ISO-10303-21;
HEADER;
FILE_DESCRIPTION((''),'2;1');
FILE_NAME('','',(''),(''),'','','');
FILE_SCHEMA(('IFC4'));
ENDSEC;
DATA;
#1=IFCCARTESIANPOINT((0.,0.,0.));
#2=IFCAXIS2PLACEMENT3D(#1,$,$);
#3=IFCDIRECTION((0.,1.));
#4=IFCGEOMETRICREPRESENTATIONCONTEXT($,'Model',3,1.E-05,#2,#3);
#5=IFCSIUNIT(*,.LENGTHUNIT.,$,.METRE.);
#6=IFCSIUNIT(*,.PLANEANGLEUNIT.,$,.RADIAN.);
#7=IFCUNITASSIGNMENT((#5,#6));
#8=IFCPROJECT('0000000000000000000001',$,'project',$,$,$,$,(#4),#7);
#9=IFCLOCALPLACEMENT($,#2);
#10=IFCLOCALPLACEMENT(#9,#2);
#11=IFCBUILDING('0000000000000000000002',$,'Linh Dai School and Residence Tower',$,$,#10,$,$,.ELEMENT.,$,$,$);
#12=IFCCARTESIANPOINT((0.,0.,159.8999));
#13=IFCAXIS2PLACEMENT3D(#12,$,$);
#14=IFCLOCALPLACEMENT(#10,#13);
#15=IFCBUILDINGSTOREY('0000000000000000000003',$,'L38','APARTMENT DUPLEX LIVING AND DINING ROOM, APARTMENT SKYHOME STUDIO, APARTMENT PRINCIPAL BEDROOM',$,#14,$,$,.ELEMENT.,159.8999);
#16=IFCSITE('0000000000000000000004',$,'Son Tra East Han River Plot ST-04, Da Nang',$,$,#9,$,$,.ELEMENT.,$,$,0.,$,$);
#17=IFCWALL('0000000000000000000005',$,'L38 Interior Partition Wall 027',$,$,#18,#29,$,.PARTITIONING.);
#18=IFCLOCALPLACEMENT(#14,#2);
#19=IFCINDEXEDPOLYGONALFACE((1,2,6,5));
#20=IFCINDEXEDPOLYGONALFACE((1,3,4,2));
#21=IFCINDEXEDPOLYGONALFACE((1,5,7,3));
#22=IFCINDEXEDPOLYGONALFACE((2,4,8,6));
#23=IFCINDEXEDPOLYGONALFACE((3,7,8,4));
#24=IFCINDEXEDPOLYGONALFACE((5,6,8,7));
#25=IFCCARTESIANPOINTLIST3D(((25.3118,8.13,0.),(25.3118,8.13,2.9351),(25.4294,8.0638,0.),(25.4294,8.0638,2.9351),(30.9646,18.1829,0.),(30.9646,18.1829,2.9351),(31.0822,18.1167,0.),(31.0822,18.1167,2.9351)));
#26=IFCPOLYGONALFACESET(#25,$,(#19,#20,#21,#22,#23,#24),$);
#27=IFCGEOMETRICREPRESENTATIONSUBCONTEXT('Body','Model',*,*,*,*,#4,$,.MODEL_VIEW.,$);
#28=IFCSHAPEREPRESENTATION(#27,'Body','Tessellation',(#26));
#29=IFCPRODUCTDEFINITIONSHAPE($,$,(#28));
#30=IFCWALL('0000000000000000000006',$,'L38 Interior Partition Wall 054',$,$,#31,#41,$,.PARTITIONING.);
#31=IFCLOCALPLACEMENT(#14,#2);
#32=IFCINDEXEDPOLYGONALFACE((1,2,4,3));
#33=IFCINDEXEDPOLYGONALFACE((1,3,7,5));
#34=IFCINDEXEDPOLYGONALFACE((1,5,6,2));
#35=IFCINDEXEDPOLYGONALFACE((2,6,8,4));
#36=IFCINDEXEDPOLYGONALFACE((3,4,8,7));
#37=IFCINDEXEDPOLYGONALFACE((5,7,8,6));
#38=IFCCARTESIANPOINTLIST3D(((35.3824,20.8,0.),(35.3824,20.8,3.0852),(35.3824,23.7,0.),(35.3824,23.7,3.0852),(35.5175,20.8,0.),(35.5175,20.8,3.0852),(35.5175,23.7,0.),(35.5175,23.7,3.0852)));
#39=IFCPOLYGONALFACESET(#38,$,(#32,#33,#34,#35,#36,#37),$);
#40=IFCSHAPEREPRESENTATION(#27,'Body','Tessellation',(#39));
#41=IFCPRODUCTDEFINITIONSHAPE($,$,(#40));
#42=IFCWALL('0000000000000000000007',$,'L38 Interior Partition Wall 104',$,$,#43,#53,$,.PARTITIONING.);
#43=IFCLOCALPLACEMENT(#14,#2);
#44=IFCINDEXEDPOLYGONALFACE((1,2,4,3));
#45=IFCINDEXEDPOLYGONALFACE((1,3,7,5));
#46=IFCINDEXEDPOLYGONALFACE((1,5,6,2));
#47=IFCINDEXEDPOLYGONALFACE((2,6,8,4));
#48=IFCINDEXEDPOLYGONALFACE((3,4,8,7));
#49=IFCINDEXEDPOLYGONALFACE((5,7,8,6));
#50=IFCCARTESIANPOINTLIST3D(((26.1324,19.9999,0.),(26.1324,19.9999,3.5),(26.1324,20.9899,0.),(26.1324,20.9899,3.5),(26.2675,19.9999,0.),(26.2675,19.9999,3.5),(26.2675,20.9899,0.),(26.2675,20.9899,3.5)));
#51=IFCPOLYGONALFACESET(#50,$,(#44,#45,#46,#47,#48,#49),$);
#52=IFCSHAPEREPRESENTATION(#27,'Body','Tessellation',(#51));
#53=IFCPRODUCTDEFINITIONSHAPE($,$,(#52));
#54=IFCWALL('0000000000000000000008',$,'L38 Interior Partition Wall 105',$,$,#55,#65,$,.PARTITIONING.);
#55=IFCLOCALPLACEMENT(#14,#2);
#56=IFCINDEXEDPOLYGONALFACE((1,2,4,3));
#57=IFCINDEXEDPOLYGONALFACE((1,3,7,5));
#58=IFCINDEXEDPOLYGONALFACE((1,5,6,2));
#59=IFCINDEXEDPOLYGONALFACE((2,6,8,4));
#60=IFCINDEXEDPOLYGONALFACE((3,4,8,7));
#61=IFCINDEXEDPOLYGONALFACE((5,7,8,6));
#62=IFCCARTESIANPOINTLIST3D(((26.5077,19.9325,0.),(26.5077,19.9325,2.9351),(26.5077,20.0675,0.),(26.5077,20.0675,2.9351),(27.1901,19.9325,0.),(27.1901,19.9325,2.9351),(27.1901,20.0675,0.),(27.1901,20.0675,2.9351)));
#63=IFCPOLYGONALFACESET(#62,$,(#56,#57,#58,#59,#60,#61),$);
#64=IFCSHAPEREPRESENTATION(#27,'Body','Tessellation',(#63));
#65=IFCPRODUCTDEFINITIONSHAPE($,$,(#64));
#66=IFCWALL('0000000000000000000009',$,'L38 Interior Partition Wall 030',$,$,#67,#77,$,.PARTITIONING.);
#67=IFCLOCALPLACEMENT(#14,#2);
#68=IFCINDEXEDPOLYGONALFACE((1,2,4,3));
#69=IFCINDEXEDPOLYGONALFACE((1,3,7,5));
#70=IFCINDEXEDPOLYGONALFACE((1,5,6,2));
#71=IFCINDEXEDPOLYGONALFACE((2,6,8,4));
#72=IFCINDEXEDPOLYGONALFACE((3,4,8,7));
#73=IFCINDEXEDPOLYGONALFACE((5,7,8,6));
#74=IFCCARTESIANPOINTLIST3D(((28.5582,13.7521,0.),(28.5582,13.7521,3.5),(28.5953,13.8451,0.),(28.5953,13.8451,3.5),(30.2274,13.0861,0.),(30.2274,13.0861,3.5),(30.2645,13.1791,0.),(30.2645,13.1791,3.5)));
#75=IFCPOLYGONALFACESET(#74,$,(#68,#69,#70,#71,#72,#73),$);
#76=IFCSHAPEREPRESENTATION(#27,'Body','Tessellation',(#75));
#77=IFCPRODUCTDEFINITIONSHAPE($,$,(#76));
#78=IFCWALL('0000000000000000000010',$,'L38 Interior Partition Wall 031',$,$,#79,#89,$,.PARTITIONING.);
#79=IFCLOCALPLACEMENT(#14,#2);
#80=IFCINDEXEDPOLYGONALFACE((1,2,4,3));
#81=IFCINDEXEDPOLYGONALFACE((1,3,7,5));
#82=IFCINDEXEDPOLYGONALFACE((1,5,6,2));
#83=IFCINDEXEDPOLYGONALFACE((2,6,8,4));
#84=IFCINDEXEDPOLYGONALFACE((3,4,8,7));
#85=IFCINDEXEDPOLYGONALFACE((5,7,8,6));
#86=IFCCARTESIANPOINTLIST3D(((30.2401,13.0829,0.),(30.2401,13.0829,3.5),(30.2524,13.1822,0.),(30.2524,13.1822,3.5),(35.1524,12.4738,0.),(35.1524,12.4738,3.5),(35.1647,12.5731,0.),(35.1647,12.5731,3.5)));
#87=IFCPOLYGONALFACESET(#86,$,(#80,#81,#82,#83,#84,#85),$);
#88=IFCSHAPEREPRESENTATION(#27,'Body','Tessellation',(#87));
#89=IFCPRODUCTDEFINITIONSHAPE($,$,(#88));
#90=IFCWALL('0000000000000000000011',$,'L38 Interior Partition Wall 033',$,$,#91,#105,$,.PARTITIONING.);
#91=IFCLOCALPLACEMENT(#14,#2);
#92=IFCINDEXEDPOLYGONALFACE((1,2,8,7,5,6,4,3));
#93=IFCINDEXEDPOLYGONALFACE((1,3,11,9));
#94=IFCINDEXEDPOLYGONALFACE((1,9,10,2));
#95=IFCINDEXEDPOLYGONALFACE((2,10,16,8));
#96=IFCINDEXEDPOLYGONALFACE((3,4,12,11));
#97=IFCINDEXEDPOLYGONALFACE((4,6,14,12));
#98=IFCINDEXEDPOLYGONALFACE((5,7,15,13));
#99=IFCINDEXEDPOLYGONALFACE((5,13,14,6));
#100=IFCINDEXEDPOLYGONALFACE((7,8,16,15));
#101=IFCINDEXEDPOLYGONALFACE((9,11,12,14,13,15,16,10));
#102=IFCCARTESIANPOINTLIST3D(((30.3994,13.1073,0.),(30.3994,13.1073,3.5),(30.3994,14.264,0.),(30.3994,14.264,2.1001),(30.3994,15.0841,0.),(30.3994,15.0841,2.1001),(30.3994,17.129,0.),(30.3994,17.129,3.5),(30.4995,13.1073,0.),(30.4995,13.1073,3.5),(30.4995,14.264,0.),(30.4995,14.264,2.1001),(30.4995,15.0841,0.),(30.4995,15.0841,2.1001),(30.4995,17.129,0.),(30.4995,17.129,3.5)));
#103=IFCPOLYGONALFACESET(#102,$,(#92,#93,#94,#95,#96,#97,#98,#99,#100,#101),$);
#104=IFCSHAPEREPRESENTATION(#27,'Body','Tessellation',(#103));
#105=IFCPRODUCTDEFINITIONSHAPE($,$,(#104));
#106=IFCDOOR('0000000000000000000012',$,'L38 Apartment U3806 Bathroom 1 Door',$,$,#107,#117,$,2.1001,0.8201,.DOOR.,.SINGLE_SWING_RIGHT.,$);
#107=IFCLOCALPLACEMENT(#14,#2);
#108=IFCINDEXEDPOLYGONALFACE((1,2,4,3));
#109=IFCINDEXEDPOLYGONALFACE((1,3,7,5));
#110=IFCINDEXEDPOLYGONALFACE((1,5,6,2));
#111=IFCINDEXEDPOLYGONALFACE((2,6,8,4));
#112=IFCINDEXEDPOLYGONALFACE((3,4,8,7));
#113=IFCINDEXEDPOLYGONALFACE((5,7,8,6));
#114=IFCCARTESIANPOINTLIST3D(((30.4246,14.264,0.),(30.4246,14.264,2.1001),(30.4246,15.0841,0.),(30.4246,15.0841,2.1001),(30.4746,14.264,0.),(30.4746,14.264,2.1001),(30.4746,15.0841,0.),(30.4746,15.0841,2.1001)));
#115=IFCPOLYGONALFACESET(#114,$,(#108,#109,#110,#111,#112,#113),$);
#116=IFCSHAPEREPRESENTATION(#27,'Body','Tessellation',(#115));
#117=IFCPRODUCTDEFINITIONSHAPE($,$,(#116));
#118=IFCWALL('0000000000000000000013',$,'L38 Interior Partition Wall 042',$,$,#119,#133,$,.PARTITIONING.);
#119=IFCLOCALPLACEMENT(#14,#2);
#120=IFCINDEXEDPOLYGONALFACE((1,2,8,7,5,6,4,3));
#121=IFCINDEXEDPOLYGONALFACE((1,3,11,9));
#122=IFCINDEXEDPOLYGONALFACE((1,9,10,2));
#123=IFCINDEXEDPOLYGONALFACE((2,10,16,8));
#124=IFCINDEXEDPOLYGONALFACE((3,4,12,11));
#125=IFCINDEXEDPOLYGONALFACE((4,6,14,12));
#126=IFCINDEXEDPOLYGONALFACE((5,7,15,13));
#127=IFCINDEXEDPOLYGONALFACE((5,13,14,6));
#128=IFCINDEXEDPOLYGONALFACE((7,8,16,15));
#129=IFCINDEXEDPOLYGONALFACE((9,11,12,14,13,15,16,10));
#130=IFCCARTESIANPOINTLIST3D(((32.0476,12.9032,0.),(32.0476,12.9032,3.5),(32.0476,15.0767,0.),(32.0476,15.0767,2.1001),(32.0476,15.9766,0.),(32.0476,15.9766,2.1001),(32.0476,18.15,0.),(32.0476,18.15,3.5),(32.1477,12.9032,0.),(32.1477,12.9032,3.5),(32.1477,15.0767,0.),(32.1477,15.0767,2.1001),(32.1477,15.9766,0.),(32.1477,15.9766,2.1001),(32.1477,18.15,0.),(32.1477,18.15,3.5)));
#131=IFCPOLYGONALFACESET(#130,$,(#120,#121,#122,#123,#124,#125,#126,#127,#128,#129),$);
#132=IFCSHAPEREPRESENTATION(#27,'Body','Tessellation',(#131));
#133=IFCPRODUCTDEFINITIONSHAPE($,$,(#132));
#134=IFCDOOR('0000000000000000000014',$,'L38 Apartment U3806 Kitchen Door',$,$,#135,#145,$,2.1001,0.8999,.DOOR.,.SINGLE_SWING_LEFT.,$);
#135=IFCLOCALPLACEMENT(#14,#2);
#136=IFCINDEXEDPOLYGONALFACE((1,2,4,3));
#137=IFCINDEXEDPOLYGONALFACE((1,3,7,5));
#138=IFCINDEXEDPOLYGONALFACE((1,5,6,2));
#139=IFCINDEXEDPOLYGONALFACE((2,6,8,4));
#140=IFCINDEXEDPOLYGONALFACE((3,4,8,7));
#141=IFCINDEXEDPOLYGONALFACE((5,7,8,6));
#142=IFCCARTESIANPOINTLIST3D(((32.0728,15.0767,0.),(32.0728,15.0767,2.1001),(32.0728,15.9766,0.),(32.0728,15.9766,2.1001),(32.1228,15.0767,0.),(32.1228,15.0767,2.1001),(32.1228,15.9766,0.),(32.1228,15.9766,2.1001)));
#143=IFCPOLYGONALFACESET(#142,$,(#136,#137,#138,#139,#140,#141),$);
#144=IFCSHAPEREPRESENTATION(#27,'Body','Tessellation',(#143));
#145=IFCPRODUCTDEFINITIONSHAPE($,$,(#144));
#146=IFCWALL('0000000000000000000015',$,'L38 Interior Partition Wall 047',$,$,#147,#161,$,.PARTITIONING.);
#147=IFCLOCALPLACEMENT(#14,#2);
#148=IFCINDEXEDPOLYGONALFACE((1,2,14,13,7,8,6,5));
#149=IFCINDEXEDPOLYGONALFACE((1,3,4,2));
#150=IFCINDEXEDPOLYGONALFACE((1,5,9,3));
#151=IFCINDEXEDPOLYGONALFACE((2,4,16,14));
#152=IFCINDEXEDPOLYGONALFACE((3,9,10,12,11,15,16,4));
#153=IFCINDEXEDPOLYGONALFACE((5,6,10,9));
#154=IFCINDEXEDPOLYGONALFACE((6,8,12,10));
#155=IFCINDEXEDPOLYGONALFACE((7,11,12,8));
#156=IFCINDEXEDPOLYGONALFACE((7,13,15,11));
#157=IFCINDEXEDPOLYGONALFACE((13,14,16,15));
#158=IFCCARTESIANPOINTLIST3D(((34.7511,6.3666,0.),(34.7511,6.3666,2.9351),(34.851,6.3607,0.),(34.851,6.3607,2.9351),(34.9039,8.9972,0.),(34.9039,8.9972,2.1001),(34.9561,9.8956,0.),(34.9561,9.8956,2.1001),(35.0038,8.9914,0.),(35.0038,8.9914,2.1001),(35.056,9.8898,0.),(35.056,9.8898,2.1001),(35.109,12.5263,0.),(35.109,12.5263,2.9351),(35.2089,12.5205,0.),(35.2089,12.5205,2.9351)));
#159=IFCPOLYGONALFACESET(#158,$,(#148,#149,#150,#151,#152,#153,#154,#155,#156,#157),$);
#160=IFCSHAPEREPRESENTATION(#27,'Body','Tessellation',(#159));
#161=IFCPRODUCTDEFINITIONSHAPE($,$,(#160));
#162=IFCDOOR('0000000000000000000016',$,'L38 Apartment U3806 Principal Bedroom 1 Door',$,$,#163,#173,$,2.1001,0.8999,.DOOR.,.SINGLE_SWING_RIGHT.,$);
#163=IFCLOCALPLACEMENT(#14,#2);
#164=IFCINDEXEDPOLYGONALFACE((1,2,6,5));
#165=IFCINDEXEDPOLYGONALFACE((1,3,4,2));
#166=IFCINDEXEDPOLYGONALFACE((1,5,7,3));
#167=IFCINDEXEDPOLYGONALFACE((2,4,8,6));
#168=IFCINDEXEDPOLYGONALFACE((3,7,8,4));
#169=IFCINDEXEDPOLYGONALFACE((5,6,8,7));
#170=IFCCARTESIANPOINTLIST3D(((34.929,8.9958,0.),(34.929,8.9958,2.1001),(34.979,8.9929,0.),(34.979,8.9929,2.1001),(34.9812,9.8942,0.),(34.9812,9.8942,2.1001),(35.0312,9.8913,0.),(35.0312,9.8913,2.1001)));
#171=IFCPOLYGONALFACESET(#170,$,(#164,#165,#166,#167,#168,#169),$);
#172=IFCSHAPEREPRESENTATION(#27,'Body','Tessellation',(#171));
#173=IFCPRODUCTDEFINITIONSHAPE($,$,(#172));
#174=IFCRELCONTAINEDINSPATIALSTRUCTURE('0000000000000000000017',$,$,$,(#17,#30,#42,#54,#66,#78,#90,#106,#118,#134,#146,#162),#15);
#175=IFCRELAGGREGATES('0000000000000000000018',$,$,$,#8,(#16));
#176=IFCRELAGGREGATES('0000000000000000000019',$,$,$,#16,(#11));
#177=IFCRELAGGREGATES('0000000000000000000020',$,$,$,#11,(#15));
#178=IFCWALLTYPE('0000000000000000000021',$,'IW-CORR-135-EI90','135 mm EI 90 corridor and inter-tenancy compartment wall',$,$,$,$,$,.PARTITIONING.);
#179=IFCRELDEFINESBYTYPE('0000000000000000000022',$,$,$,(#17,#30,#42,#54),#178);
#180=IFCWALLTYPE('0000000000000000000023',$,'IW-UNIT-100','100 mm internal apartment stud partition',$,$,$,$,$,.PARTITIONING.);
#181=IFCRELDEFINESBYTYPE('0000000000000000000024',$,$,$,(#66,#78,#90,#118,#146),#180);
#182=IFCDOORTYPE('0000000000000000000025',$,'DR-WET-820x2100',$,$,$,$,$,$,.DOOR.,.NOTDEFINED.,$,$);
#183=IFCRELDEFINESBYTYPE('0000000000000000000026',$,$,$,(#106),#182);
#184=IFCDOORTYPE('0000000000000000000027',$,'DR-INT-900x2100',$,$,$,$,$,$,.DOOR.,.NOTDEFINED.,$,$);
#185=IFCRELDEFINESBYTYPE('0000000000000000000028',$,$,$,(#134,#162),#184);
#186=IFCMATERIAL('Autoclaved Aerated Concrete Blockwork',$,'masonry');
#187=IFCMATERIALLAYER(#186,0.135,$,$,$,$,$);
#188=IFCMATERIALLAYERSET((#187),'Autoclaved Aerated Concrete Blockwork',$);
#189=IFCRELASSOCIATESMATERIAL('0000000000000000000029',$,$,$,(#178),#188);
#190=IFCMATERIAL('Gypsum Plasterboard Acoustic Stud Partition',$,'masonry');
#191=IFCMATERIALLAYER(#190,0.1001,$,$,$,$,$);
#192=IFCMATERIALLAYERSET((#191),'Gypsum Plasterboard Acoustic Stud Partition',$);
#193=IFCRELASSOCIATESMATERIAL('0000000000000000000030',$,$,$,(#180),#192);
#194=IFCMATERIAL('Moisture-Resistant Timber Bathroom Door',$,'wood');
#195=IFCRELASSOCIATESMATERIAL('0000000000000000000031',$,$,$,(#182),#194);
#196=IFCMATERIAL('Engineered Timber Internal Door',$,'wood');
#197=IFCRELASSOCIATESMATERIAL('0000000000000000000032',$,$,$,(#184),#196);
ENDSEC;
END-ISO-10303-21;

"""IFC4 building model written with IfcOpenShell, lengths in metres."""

from ifc_helpers import new_model, si_unit, direction, frame, frame_2d, origin, origin_2d, place, context, subcontext, project, spatial, rectangle, extrude, source, transform, mapped, material, layer, layer_set, type_object, element, fill, save


model = new_model("IFC4")

# Units and contexts
model_context = context("Model", 3, precision=1e-05, world=origin(), true_north=direction((0.0, 1.0)))
body_context = subcontext(model_context, "Body", "Model", "MODEL_VIEW")
ifc_project = project(units=[si_unit("LENGTHUNIT", "METRE"), si_unit("PLANEANGLEUNIT", "RADIAN")], contexts=[model_context])

# Site, building, storey
site_placement = place(None, origin())
site = spatial("IfcSite", under=ifc_project, at=site_placement, Name="Son Tra East Han River Plot ST-04, Da Nang", CompositionType="ELEMENT", RefElevation=0.0)
building_placement = place(site_placement, origin())
building = spatial("IfcBuilding", under=site, at=building_placement, Name="Linh Dai School and Residence Tower", CompositionType="ELEMENT")
storey_placement = place(building_placement, frame((0.0, 0.0, 159.8999)))
storey = spatial("IfcBuildingStorey", under=building, at=storey_placement, Name="L38", Description="APARTMENT DUPLEX LIVING AND DINING ROOM, APARTMENT SKYHOME STUDIO, APARTMENT PRINCIPAL BEDROOM", CompositionType="ELEMENT", Elevation=159.8999)

# Walls
ifc_material_1 = material(Name="Autoclaved Aerated Concrete Blockwork", Category="masonry")
ifc_layer_1 = layer(ifc_material_1, 0.135)
ifc_layer_set_1 = layer_set([ifc_layer_1], Name="Autoclaved Aerated Concrete Blockwork")
wall_type_1 = type_object("IfcWallType", Name="IW-CORR-135-EI90", Description="135 mm EI 90 corridor and inter-tenancy compartment wall", PredefinedType="PARTITIONING", material=ifc_layer_set_1)
wall_1_placement = place(storey_placement, frame((25.3706, 8.0969, 0.0), z_axis=(0.0, 0.0, 1.0), x_axis=(0.490132, 0.871648, 0.0)))
element("IfcWall", 1, at=wall_1_placement, inside=storey, type_object=wall_type_1, Name="L38 Interior Partition Wall 027", PredefinedType="PARTITIONING", context=body_context, shape_type="SweptSolid", body=[
    extrude(rectangle(XDim=11.5332, YDim=0.135, at=frame_2d((5.7666, 0.0))), origin(), (0.0, 0.0, 1.0), 2.9351),
])
wall_2_placement = place(storey_placement, frame((35.45, 20.8, 0.0), z_axis=(0.0, 0.0, 1.0), x_axis=(0.0, 1.0, 0.0)))
element("IfcWall", 2, at=wall_2_placement, inside=storey, type_object=wall_type_1, Name="L38 Interior Partition Wall 054", PredefinedType="PARTITIONING", context=body_context, shape_type="SweptSolid", body=[
    extrude(rectangle(XDim=2.8999, YDim=0.135, at=frame_2d((1.45, 0.0))), origin(), (0.0, 0.0, 1.0), 3.0852),
])
wall_3_placement = place(storey_placement, frame((26.2, 20.99, 0.0), z_axis=(0.0, 0.0, 1.0), x_axis=(0.0, -1.0, 0.0)))
element("IfcWall", 3, at=wall_3_placement, inside=storey, type_object=wall_type_1, Name="L38 Interior Partition Wall 104", PredefinedType="PARTITIONING", context=body_context, shape_type="SweptSolid", body=[
    extrude(rectangle(XDim=0.99, YDim=0.135, at=frame_2d((0.4951, 0.0))), origin(), (0.0, 0.0, 1.0), 3.5),
])
wall_4_placement = place(storey_placement, frame((26.5076, 20.0, 0.0), z_axis=(0.0, 0.0, 1.0), x_axis=(1.0, 0.0, 0.0)))
element("IfcWall", 4, at=wall_4_placement, inside=storey, type_object=wall_type_1, Name="L38 Interior Partition Wall 105", PredefinedType="PARTITIONING", context=body_context, shape_type="SweptSolid", body=[
    extrude(rectangle(XDim=0.6824, YDim=0.135, at=frame_2d((0.3413, 0.0))), origin(), (0.0, 0.0, 1.0), 2.9351),
])

# Walls
ifc_material_2 = material(Name="Gypsum Plasterboard Acoustic Stud Partition", Category="masonry")
ifc_layer_2 = layer(ifc_material_2, 0.1001)
ifc_layer_set_2 = layer_set([ifc_layer_2], Name="Gypsum Plasterboard Acoustic Stud Partition")
wall_type_2 = type_object("IfcWallType", Name="IW-UNIT-100", Description="100 mm internal apartment stud partition", PredefinedType="PARTITIONING", material=ifc_layer_set_2)
wall_5_placement = place(storey_placement, frame((28.5769, 13.7986, 0.0), z_axis=(0.0, 0.0, 1.0), x_axis=(0.928795, -0.370594, 0.0)))
element("IfcWall", 5, at=wall_5_placement, inside=storey, type_object=wall_type_2, Name="L38 Interior Partition Wall 030", PredefinedType="PARTITIONING", context=body_context, shape_type="SweptSolid", body=[
    extrude(rectangle(XDim=1.7971, YDim=0.1001, at=frame_2d((0.8984, 0.0))), origin(), (0.0, 0.0, 1.0), 3.5),
])
wall_6_placement = place(storey_placement, frame((30.2461, 13.1326, 0.0), z_axis=(0.0, 0.0, 1.0), x_axis=(0.9924, -0.123057, 0.0)))
element("IfcWall", 6, at=wall_6_placement, inside=storey, type_object=wall_type_2, Name="L38 Interior Partition Wall 031", PredefinedType="PARTITIONING", context=body_context, shape_type="SweptSolid", body=[
    extrude(rectangle(XDim=4.95, YDim=0.1001, at=frame_2d((2.4751, 0.0))), origin(), (0.0, 0.0, 1.0), 3.5),
])

# Walls, openings, doors
wall_7_placement = place(storey_placement, frame((30.4495, 13.1074, 0.0), z_axis=(0.0, 0.0, 1.0), x_axis=(0.0, 1.0, 0.0)))
wall_7 = element("IfcWall", 7, at=wall_7_placement, inside=storey, type_object=wall_type_2, Name="L38 Interior Partition Wall 033", PredefinedType="PARTITIONING", context=body_context, shape_type="SweptSolid", body=[
    extrude(rectangle(XDim=4.0217, YDim=0.1001, at=frame_2d((2.0107, 0.0))), origin(), (0.0, 0.0, 1.0), 3.5),
])
opening_1_placement = place(wall_7_placement, frame((1.1565, 0.0, 0.0)))
opening_1 = element("IfcOpeningElement", 8, at=opening_1_placement, cuts=wall_7, PredefinedType="OPENING", context=body_context, shape_type="SweptSolid", body=[
    extrude(rectangle(XDim=0.8201, YDim=2.1001, at=origin_2d()), frame((0.4102, 0.0601, 1.05), z_axis=(0.0, -1.0, 0.0), x_axis=(1.0, 0.0, 0.0)), (0.0, 0.0, 1.0), 0.1201),
])
ifc_material_3 = material(Name="Moisture-Resistant Timber Bathroom Door", Category="wood")
door_type_1 = type_object("IfcDoorType", Name="DR-WET-820x2100", OperationType="NOTDEFINED", PredefinedType="DOOR", material=ifc_material_3)
shared_shape_1 = source(origin(), body_context, "Body", "SweptSolid", [
    extrude(rectangle(XDim=0.8201, YDim=2.1001, at=origin_2d()), frame((0.4102, 0.0249, 1.05), z_axis=(0.0, -1.0, 0.0), x_axis=(1.0, 0.0, 0.0)), (0.0, 0.0, 1.0), 0.05),
])
door_1_placement = place(opening_1_placement, origin())
door_1 = element("IfcDoor", 9, at=door_1_placement, inside=storey, type_object=door_type_1, Name="L38 Apartment U3806 Bathroom 1 Door", OperationType="SINGLE_SWING_RIGHT", OverallHeight=2.1001, OverallWidth=0.8201, PredefinedType="DOOR", context=body_context, shape_type="MappedRepresentation", body=[
    mapped(shared_shape_1, transform((0.0, 0.0, 0.0), x_axis=(1.0, 0.0, 0.0), y_axis=(0.0, 1.0, 0.0), z_axis=(0.0, 0.0, 1.0), scale=1.0)),
])
fill(opening_1, door_1)
wall_8_placement = place(storey_placement, frame((32.0977, 12.9031, 0.0), z_axis=(0.0, 0.0, 1.0), x_axis=(0.0, 1.0, 0.0)))
wall_8 = element("IfcWall", 10, at=wall_8_placement, inside=storey, type_object=wall_type_2, Name="L38 Interior Partition Wall 042", PredefinedType="PARTITIONING", context=body_context, shape_type="SweptSolid", body=[
    extrude(rectangle(XDim=5.2468, YDim=0.1001, at=frame_2d((2.6235, 0.0))), origin(), (0.0, 0.0, 1.0), 3.5),
])
opening_2_placement = place(wall_8_placement, frame((2.1736, 0.0, 0.0)))
opening_2 = element("IfcOpeningElement", 11, at=opening_2_placement, cuts=wall_8, PredefinedType="OPENING", context=body_context, shape_type="SweptSolid", body=[
    extrude(rectangle(XDim=0.8999, YDim=2.1001, at=origin_2d()), frame((0.45, 0.0601, 1.05), z_axis=(0.0, -1.0, 0.0), x_axis=(1.0, 0.0, 0.0)), (0.0, 0.0, 1.0), 0.1201),
])
ifc_material_4 = material(Name="Engineered Timber Internal Door", Category="wood")
door_type_2 = type_object("IfcDoorType", Name="DR-INT-900x2100", OperationType="NOTDEFINED", PredefinedType="DOOR", material=ifc_material_4)
shared_shape_2 = source(origin(), body_context, "Body", "SweptSolid", [
    extrude(rectangle(XDim=0.8999, YDim=2.1001, at=origin_2d()), frame((0.45, 0.0249, 1.05), z_axis=(0.0, -1.0, 0.0), x_axis=(1.0, 0.0, 0.0)), (0.0, 0.0, 1.0), 0.05),
])
door_2_placement = place(opening_2_placement, origin())
door_2 = element("IfcDoor", 12, at=door_2_placement, inside=storey, type_object=door_type_2, Name="L38 Apartment U3806 Kitchen Door", OperationType="SINGLE_SWING_LEFT", OverallHeight=2.1001, OverallWidth=0.8999, PredefinedType="DOOR", context=body_context, shape_type="MappedRepresentation", body=[
    mapped(shared_shape_2, transform((0.0, 0.0, 0.0), x_axis=(1.0, 0.0, 0.0), y_axis=(0.0, 1.0, 0.0), z_axis=(0.0, 0.0, 1.0), scale=1.0)),
])
fill(opening_2, door_2)
wall_9_placement = place(storey_placement, frame((34.801, 6.3638, 0.0), z_axis=(0.0, 0.0, 1.0), x_axis=(0.058008, 0.998316, 0.0)))
wall_9 = element("IfcWall", 13, at=wall_9_placement, inside=storey, type_object=wall_type_2, Name="L38 Interior Partition Wall 047", PredefinedType="PARTITIONING", context=body_context, shape_type="SweptSolid", body=[
    extrude(rectangle(XDim=6.1702, YDim=0.1001, at=frame_2d((3.085, 0.0))), origin(), (0.0, 0.0, 1.0), 2.9351),
])
opening_3_placement = place(wall_9_placement, frame((2.635, 0.0, 0.0)))
opening_3 = element("IfcOpeningElement", 14, at=opening_3_placement, cuts=wall_9, PredefinedType="OPENING", context=body_context, shape_type="SweptSolid", body=[
    extrude(rectangle(XDim=0.8999, YDim=2.1001, at=origin_2d()), frame((0.45, 0.0601, 1.05), z_axis=(0.0, -1.0, 0.0), x_axis=(1.0, 0.0, 0.0)), (0.0, 0.0, 1.0), 0.1201),
])
door_3_placement = place(opening_3_placement, origin())
door_3 = element("IfcDoor", 15, at=door_3_placement, inside=storey, type_object=door_type_2, Name="L38 Apartment U3806 Principal Bedroom 1 Door", OperationType="SINGLE_SWING_RIGHT", OverallHeight=2.1001, OverallWidth=0.8999, PredefinedType="DOOR", context=body_context, shape_type="MappedRepresentation", body=[
    mapped(shared_shape_2, transform((0.0, 0.0, 0.0), x_axis=(1.0, 0.0, 0.0), y_axis=(0.0, 1.0, 0.0), z_axis=(0.0, 0.0, 1.0), scale=1.0)),
])
fill(opening_3, door_3)

save(model, "model.ifc")
